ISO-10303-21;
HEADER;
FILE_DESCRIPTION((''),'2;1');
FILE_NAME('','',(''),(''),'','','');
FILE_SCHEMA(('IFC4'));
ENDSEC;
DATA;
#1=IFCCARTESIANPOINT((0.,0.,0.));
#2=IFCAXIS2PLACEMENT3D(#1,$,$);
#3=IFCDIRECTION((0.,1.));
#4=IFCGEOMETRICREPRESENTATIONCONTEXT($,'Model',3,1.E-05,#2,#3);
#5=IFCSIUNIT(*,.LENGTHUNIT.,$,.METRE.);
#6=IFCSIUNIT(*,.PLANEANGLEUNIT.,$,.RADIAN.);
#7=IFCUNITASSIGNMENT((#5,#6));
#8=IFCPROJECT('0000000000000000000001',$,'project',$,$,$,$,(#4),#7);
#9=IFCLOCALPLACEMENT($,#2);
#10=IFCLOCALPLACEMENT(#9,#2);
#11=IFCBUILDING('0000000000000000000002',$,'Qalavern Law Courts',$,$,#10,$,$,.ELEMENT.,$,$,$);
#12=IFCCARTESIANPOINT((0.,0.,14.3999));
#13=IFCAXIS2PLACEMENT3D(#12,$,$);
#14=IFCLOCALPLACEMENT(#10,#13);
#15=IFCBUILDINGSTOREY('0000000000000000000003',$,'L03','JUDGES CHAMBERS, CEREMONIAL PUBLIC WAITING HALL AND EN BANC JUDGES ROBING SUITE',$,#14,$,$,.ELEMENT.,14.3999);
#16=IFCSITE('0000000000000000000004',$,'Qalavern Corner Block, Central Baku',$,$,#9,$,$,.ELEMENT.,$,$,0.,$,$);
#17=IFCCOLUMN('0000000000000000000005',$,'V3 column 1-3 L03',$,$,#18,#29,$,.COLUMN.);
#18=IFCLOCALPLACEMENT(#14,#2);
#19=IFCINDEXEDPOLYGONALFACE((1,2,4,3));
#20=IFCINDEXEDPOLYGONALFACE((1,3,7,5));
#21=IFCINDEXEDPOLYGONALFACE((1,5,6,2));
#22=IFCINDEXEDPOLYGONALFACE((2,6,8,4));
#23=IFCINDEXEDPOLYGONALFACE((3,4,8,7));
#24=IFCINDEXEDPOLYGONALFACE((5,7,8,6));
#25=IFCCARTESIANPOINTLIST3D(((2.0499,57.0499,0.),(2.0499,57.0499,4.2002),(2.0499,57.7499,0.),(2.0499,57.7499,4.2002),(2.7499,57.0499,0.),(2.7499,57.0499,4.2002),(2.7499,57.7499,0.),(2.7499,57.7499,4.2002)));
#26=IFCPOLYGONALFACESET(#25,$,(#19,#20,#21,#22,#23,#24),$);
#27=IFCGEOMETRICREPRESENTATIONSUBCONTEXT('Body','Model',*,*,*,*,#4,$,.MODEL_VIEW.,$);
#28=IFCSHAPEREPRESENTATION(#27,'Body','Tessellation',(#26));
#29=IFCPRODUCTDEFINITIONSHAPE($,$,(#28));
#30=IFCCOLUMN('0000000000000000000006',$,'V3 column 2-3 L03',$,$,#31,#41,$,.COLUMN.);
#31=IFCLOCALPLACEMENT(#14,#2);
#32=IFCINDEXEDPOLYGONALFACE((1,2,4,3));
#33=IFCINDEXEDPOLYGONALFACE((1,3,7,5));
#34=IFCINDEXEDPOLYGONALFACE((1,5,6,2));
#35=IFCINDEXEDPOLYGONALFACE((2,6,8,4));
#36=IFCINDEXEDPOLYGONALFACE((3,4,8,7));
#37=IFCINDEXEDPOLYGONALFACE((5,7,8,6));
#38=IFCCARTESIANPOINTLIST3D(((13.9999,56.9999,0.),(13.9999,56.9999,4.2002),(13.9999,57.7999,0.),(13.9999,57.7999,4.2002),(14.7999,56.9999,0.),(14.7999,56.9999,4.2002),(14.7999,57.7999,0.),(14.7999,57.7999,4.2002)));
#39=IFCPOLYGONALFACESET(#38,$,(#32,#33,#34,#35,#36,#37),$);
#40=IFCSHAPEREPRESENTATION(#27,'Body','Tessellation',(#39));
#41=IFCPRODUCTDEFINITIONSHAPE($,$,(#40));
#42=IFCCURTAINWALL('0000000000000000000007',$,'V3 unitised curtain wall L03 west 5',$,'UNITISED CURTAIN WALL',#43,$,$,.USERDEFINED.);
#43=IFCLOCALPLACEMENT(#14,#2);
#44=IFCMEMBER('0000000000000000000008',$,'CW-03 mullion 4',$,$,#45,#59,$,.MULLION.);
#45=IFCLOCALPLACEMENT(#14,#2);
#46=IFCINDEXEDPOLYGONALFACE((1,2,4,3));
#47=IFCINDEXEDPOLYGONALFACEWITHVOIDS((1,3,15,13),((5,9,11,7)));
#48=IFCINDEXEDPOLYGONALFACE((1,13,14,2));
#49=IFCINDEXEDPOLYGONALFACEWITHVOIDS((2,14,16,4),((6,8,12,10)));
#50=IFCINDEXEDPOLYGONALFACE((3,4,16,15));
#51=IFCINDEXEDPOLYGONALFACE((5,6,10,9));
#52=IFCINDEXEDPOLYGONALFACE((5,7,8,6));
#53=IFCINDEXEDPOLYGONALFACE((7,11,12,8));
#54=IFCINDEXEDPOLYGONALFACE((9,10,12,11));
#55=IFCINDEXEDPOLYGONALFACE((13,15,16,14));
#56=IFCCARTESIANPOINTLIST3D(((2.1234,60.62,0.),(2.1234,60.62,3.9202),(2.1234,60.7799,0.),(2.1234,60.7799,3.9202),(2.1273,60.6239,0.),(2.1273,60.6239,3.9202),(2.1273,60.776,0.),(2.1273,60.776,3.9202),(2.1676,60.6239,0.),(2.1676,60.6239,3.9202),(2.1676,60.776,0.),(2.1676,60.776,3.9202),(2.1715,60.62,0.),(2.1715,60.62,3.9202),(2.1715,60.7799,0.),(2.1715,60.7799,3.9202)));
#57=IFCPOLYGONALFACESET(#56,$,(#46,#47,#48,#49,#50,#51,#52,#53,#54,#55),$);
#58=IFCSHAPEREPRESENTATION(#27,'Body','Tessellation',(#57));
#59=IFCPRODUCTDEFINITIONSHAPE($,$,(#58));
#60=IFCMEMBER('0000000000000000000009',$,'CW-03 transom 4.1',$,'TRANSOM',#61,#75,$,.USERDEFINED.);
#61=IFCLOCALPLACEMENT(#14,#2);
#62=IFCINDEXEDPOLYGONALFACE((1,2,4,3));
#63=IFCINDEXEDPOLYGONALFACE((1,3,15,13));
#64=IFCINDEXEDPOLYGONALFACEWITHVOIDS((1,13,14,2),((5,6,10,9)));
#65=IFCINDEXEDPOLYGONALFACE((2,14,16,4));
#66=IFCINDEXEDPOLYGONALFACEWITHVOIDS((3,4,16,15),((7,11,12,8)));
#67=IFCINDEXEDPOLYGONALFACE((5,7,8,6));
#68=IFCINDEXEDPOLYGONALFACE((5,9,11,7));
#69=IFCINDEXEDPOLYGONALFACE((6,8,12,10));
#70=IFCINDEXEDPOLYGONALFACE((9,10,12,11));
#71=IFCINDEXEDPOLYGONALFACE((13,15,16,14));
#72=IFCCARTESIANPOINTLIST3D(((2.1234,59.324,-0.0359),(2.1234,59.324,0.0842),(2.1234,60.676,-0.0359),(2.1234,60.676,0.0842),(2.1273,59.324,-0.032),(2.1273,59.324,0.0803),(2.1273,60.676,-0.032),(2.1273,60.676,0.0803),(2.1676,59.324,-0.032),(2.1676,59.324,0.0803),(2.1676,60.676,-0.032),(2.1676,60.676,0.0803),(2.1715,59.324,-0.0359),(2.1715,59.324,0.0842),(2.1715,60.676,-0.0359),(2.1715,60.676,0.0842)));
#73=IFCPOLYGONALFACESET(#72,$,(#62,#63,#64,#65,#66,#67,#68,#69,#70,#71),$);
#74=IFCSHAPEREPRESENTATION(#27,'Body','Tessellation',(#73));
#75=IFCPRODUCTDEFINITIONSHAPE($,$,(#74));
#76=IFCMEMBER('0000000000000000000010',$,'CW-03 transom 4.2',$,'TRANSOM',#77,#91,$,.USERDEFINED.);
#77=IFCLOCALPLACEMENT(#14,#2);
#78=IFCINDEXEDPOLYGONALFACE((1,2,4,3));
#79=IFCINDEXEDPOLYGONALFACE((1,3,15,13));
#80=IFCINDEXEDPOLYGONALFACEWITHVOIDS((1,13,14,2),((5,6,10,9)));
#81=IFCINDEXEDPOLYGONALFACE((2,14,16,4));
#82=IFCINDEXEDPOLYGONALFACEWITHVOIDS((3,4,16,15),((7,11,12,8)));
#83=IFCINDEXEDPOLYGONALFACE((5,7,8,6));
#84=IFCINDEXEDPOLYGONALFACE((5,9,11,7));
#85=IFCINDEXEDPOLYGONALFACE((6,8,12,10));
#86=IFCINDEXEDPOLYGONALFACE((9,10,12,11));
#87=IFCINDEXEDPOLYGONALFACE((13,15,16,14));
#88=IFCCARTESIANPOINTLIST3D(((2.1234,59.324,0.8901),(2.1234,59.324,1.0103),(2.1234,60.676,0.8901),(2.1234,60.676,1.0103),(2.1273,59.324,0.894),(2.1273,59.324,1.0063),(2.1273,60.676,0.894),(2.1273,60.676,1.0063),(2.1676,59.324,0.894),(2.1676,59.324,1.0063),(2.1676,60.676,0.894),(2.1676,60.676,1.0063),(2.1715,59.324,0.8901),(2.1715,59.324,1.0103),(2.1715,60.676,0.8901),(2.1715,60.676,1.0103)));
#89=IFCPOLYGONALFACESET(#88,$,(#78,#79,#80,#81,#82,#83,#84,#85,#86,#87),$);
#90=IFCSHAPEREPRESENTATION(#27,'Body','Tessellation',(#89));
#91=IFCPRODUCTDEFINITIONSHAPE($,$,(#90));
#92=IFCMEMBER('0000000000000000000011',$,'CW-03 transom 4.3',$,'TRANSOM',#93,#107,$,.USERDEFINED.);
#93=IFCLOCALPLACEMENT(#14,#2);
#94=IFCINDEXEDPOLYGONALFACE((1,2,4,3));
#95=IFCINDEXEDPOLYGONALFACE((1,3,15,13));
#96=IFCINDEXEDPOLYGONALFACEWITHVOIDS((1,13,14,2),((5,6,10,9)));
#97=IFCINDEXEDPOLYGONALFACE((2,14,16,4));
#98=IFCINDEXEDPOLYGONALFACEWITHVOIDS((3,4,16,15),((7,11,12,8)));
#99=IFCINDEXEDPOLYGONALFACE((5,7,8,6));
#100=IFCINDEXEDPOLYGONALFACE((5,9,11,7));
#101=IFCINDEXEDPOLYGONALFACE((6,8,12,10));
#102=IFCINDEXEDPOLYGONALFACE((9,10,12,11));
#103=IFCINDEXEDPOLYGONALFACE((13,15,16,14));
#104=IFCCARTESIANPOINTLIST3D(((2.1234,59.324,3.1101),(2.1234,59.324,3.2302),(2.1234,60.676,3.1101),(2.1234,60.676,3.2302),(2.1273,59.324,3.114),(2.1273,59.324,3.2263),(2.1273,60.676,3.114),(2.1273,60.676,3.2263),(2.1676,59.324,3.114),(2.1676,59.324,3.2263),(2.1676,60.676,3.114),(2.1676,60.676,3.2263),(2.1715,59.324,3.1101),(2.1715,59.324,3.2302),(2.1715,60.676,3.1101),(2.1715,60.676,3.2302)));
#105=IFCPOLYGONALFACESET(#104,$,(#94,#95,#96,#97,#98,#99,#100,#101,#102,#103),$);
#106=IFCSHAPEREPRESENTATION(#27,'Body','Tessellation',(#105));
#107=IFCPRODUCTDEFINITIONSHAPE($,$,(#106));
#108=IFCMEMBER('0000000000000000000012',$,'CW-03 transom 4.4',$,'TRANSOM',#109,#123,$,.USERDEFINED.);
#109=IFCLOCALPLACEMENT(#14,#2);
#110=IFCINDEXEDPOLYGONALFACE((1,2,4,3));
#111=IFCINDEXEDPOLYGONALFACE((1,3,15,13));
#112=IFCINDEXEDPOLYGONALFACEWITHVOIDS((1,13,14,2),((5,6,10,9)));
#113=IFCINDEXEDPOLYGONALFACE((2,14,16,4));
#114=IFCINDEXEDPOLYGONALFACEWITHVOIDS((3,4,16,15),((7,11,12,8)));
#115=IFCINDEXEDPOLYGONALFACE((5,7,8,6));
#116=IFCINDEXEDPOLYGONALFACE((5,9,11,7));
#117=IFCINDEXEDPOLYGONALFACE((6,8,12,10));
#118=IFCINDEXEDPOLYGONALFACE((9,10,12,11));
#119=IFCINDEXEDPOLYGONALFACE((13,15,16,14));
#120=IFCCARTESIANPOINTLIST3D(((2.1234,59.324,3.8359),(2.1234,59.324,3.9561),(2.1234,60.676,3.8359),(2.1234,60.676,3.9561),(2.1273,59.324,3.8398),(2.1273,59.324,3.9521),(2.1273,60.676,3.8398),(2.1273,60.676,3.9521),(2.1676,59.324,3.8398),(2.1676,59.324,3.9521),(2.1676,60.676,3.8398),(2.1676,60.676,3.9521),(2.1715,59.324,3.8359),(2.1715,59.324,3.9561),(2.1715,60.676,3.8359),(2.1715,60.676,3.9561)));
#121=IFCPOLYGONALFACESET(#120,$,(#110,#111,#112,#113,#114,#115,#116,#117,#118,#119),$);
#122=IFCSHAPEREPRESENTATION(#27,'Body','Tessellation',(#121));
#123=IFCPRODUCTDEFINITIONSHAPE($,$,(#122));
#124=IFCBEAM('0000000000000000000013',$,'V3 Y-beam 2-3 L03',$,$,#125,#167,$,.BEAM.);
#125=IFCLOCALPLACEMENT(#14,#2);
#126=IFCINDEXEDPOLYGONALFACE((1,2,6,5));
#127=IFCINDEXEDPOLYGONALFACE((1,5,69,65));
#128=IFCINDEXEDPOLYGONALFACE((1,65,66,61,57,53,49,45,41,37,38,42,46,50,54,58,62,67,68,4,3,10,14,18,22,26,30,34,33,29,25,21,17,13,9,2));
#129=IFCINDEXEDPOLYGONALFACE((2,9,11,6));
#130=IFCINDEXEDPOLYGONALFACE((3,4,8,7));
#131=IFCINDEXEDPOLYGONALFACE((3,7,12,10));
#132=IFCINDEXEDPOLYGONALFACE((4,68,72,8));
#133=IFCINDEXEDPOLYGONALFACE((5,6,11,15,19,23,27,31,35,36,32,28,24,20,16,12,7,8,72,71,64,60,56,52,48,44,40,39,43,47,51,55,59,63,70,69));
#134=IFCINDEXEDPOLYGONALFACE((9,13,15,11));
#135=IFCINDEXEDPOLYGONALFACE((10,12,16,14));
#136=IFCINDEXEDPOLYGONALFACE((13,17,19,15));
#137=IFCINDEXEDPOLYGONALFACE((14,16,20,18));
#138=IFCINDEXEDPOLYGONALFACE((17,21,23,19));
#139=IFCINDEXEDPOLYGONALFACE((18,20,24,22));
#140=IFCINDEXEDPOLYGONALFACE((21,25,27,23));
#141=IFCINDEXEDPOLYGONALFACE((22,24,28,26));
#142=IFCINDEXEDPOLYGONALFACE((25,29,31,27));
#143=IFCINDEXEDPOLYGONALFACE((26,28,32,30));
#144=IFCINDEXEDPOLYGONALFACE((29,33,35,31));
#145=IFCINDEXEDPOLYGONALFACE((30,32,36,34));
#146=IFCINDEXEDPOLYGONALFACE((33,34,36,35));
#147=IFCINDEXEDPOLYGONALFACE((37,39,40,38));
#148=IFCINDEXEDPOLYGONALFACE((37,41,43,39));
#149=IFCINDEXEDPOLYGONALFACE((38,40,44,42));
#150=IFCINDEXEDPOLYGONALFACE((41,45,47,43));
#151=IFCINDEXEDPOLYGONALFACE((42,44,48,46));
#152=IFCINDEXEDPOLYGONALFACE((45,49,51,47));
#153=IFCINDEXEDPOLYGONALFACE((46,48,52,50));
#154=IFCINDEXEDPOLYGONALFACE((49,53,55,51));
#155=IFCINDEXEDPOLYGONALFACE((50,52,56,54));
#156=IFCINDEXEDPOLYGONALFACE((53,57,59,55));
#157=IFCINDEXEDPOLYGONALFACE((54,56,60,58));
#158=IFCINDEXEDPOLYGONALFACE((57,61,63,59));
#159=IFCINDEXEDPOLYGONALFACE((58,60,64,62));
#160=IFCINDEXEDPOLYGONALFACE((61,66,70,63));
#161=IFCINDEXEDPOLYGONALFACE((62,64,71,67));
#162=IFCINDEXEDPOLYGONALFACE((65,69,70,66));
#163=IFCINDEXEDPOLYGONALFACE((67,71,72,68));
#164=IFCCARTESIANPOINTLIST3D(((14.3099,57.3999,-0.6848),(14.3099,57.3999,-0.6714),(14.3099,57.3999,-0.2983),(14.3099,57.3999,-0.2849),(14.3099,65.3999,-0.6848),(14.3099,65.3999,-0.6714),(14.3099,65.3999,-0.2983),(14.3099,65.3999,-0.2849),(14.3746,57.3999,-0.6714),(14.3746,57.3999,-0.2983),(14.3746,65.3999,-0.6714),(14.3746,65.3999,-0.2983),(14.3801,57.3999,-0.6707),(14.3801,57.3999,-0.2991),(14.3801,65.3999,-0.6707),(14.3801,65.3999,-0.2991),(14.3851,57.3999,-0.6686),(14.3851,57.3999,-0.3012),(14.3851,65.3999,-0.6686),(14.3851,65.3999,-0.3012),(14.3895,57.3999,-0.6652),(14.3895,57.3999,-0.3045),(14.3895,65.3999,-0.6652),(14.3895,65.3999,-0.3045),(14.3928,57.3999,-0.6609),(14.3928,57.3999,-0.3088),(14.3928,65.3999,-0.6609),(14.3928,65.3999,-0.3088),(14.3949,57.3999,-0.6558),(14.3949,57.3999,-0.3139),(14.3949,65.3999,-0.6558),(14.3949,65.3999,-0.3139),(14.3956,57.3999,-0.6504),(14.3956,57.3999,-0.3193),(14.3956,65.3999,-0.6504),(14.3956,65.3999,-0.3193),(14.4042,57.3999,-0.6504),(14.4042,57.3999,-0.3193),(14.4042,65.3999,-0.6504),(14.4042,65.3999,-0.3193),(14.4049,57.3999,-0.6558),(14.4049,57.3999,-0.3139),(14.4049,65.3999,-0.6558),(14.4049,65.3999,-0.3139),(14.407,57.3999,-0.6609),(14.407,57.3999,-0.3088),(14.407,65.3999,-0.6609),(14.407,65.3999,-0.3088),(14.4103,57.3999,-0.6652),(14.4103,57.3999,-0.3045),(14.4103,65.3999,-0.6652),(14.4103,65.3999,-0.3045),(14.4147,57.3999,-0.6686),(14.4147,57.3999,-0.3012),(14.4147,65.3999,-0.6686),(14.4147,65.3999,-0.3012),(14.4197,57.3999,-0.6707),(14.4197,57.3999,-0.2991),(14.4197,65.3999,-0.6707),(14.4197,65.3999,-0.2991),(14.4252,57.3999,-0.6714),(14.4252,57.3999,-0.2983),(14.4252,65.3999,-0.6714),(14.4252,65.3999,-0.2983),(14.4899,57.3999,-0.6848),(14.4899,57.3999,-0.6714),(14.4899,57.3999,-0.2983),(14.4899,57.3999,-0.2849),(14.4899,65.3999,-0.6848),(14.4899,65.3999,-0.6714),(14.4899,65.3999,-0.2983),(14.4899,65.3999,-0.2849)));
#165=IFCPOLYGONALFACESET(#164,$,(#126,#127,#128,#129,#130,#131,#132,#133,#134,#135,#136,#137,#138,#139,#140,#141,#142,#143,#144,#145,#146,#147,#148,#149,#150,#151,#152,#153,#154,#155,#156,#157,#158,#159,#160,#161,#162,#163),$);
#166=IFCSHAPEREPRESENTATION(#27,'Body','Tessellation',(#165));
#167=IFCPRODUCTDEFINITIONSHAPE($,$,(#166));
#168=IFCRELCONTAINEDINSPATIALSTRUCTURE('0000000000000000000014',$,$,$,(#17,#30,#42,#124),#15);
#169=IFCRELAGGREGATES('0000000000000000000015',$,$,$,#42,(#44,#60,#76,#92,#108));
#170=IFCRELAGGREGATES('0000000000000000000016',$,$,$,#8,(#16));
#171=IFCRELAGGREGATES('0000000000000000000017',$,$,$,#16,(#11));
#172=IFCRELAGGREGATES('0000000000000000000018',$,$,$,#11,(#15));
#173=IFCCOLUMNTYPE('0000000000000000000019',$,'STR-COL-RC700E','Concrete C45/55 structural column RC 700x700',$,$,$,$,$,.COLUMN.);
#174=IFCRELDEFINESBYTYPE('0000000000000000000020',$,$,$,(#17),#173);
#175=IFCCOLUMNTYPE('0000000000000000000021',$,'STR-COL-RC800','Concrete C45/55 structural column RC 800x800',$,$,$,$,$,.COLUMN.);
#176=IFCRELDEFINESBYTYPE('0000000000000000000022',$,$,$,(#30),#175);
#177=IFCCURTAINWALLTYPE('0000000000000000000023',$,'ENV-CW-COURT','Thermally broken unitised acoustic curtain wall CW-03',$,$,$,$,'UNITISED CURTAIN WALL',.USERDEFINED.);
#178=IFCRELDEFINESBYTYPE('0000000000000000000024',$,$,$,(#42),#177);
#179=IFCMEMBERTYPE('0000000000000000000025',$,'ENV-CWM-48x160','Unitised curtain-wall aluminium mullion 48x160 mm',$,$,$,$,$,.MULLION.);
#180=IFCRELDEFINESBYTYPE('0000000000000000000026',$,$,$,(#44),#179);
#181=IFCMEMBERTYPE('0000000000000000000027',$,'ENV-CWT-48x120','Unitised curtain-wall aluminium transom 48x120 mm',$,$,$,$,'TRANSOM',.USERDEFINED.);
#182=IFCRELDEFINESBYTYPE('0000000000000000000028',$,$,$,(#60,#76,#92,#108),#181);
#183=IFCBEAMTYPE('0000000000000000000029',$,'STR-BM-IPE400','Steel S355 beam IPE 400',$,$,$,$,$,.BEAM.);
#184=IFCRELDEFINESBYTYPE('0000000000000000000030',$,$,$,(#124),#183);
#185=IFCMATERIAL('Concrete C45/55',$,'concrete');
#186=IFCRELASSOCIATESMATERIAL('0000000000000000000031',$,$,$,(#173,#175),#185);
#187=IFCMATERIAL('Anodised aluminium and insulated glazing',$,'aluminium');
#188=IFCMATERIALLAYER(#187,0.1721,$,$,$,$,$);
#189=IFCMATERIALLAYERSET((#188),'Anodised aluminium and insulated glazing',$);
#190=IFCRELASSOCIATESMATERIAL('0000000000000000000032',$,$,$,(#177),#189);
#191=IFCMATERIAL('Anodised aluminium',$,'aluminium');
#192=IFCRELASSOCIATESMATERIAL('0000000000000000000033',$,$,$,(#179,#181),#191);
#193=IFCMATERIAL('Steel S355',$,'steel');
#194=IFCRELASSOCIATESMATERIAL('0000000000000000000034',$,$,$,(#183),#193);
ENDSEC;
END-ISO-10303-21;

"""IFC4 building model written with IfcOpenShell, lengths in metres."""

from ifc_helpers import new_model, si_unit, direction, frame, origin, origin_2d, place, context, subcontext, project, spatial, rectangle, hollow_rectangle, i_section, extrude, material, layer, layer_set, material_profile, profile_set, type_object, element, aggregate, save


model = new_model("IFC4")

# Units and contexts
model_context = context("Model", 3, precision=1e-05, world=origin(), true_north=direction((0.0, 1.0)))
body_context = subcontext(model_context, "Body", "Model", "MODEL_VIEW")
ifc_project = project(units=[si_unit("LENGTHUNIT", "METRE"), si_unit("PLANEANGLEUNIT", "RADIAN")], contexts=[model_context])

# Site, building, storey
site_placement = place(None, origin())
site = spatial("IfcSite", under=ifc_project, at=site_placement, Name="Qalavern Corner Block, Central Baku", CompositionType="ELEMENT", RefElevation=0.0)
building_placement = place(site_placement, origin())
building = spatial("IfcBuilding", under=site, at=building_placement, Name="Qalavern Law Courts", CompositionType="ELEMENT")
storey_placement = place(building_placement, frame((0.0, 0.0, 14.3999)))
storey = spatial("IfcBuildingStorey", under=building, at=storey_placement, Name="L03", Description="JUDGES CHAMBERS, CEREMONIAL PUBLIC WAITING HALL AND EN BANC JUDGES ROBING SUITE", CompositionType="ELEMENT", Elevation=14.3999)

# Columns
ifc_material_1 = material(Name="Concrete C45/55", Category="concrete")
ifc_material_profile_1 = material_profile(ifc_material_1, rectangle(XDim=0.7, YDim=0.7, at=origin_2d()), Name="RC 700x700")
ifc_profile_set_1 = profile_set([ifc_material_profile_1], Name="Concrete C45/55")
column_type_1 = type_object("IfcColumnType", Name="STR-COL-RC700E", Description="Concrete C45/55 structural column RC 700x700", PredefinedType="COLUMN", material=ifc_profile_set_1)
column_1_placement = place(storey_placement, frame((2.3999, 57.3999, 0.0), z_axis=(0.0, 0.0, 1.0), x_axis=(1.0, 0.0, 0.0)))
element("IfcColumn", 1, at=column_1_placement, inside=storey, type_object=column_type_1, Name="V3 column 1-3 L03", PredefinedType="COLUMN", context=body_context, shape_type="SweptSolid", body=[
    extrude(rectangle(XDim=0.7, YDim=0.7, at=origin_2d()), origin(), (0.0, 0.0, 1.0), 4.2002),
])
ifc_material_profile_2 = material_profile(ifc_material_1, rectangle(XDim=0.8, YDim=0.8, at=origin_2d()), Name="RC 800x800")
ifc_profile_set_2 = profile_set([ifc_material_profile_2], Name="Concrete C45/55")
column_type_2 = type_object("IfcColumnType", Name="STR-COL-RC800", Description="Concrete C45/55 structural column RC 800x800", PredefinedType="COLUMN", material=ifc_profile_set_2)
column_2_placement = place(storey_placement, frame((14.3999, 57.3999, 0.0), z_axis=(0.0, 0.0, 1.0), x_axis=(1.0, 0.0, 0.0)))
element("IfcColumn", 2, at=column_2_placement, inside=storey, type_object=column_type_2, Name="V3 column 2-3 L03", PredefinedType="COLUMN", context=body_context, shape_type="SweptSolid", body=[
    extrude(rectangle(XDim=0.8, YDim=0.8, at=origin_2d()), origin(), (0.0, 0.0, 1.0), 4.2002),
])

# Curtain wall, members
ifc_material_2 = material(Name="Anodised aluminium and insulated glazing", Category="aluminium")
ifc_layer_1 = layer(ifc_material_2, 0.1721)
ifc_layer_set_1 = layer_set([ifc_layer_1], Name="Anodised aluminium and insulated glazing")
curtain_wall_type = type_object("IfcCurtainWallType", Name="ENV-CW-COURT", Description="Thermally broken unitised acoustic curtain wall CW-03", ElementType="UNITISED CURTAIN WALL", PredefinedType="USERDEFINED", material=ifc_layer_set_1)
curtain_wall_placement = place(storey_placement, origin())
curtain_wall = element("IfcCurtainWall", 3, at=curtain_wall_placement, inside=storey, type_object=curtain_wall_type, Name="V3 unitised curtain wall L03 west 5", ObjectType="UNITISED CURTAIN WALL", PredefinedType="USERDEFINED")
ifc_material_3 = material(Name="Anodised aluminium", Category="aluminium")
ifc_material_profile_3 = material_profile(ifc_material_3, hollow_rectangle(XDim=0.0481, YDim=0.1599, WallThickness=0.0039, at=origin_2d()), Name="ALU MULLION 48x160")
ifc_profile_set_3 = profile_set([ifc_material_profile_3], Name="Anodised aluminium")
member_type_1 = type_object("IfcMemberType", Name="ENV-CWM-48x160", Description="Unitised curtain-wall aluminium mullion 48x160 mm", PredefinedType="MULLION", material=ifc_profile_set_3)
member_1_placement = place(storey_placement, frame((2.1475, 60.7, 0.0), z_axis=(0.0, 0.0, 1.0), x_axis=(1.0, 0.0, 0.0)))
member_1 = element("IfcMember", 4, at=member_1_placement, type_object=member_type_1, Name="CW-03 mullion 4", PredefinedType="MULLION", context=body_context, shape_type="SweptSolid", body=[
    extrude(hollow_rectangle(XDim=0.0481, YDim=0.1599, WallThickness=0.0039, at=origin_2d()), origin(), (0.0, 0.0, 1.0), 3.9202),
])
ifc_material_profile_4 = material_profile(ifc_material_3, hollow_rectangle(XDim=0.0481, YDim=0.1201, WallThickness=0.0039, at=origin_2d()), Name="ALU TRANSOM 48x120")
ifc_profile_set_4 = profile_set([ifc_material_profile_4], Name="Anodised aluminium")
member_type_2 = type_object("IfcMemberType", Name="ENV-CWT-48x120", Description="Unitised curtain-wall aluminium transom 48x120 mm", ElementType="TRANSOM", PredefinedType="USERDEFINED", material=ifc_profile_set_4)
member_2_placement = place(storey_placement, frame((2.1475, 60.676, 0.0242), z_axis=(0.0, -1.0, 0.0), x_axis=(1.0, 0.0, 0.0)))
member_2 = element("IfcMember", 5, at=member_2_placement, type_object=member_type_2, Name="CW-03 transom 4.1", ObjectType="TRANSOM", PredefinedType="USERDEFINED", context=body_context, shape_type="SweptSolid", body=[
    extrude(hollow_rectangle(XDim=0.0481, YDim=0.1201, WallThickness=0.0039, at=origin_2d()), origin(), (0.0, 0.0, 1.0), 1.3521),
])
member_3_placement = place(storey_placement, frame((2.1475, 60.676, 0.9502), z_axis=(0.0, -1.0, 0.0), x_axis=(1.0, 0.0, 0.0)))
member_3 = element("IfcMember", 6, at=member_3_placement, type_object=member_type_2, Name="CW-03 transom 4.2", ObjectType="TRANSOM", PredefinedType="USERDEFINED", context=body_context, shape_type="SweptSolid", body=[
    extrude(hollow_rectangle(XDim=0.0481, YDim=0.1201, WallThickness=0.0039, at=origin_2d()), origin(), (0.0, 0.0, 1.0), 1.3521),
])
member_4_placement = place(storey_placement, frame((2.1475, 60.676, 3.1702), z_axis=(0.0, -1.0, 0.0), x_axis=(1.0, 0.0, 0.0)))
member_4 = element("IfcMember", 7, at=member_4_placement, type_object=member_type_2, Name="CW-03 transom 4.3", ObjectType="TRANSOM", PredefinedType="USERDEFINED", context=body_context, shape_type="SweptSolid", body=[
    extrude(hollow_rectangle(XDim=0.0481, YDim=0.1201, WallThickness=0.0039, at=origin_2d()), origin(), (0.0, 0.0, 1.0), 1.3521),
])
member_5_placement = place(storey_placement, frame((2.1475, 60.676, 3.896), z_axis=(0.0, -1.0, 0.0), x_axis=(1.0, 0.0, 0.0)))
member_5 = element("IfcMember", 8, at=member_5_placement, type_object=member_type_2, Name="CW-03 transom 4.4", ObjectType="TRANSOM", PredefinedType="USERDEFINED", context=body_context, shape_type="SweptSolid", body=[
    extrude(hollow_rectangle(XDim=0.0481, YDim=0.1201, WallThickness=0.0039, at=origin_2d()), origin(), (0.0, 0.0, 1.0), 1.3521),
])
aggregate(curtain_wall, [member_1, member_2, member_3, member_4, member_5])

# Beam
ifc_material_4 = material(Name="Steel S355", Category="steel")
ifc_material_profile_5 = material_profile(ifc_material_4, i_section(OverallWidth=0.1799, OverallDepth=0.3999, WebThickness=0.0085, FlangeThickness=0.0134, FilletRadius=0.021, at=origin_2d()), Name="IPE 400")
ifc_profile_set_5 = profile_set([ifc_material_profile_5], Name="Steel S355")
beam_type_1 = type_object("IfcBeamType", Name="STR-BM-IPE400", Description="Steel S355 beam IPE 400", PredefinedType="BEAM", material=ifc_profile_set_5)
beam_1_placement = place(storey_placement, frame((14.3999, 57.3999, -0.4849), z_axis=(0.0, 1.0, 0.0), x_axis=(-1.0, 0.0, 0.0)))
element("IfcBeam", 9, at=beam_1_placement, inside=storey, type_object=beam_type_1, Name="V3 Y-beam 2-3 L03", PredefinedType="BEAM", context=body_context, shape_type="SweptSolid", body=[
    extrude(i_section(OverallWidth=0.1799, OverallDepth=0.3999, WebThickness=0.0085, FlangeThickness=0.0134, FilletRadius=0.021, at=origin_2d()), origin(), (0.0, 0.0, 1.0), 8.0),
])

save(model, "model.ifc")
